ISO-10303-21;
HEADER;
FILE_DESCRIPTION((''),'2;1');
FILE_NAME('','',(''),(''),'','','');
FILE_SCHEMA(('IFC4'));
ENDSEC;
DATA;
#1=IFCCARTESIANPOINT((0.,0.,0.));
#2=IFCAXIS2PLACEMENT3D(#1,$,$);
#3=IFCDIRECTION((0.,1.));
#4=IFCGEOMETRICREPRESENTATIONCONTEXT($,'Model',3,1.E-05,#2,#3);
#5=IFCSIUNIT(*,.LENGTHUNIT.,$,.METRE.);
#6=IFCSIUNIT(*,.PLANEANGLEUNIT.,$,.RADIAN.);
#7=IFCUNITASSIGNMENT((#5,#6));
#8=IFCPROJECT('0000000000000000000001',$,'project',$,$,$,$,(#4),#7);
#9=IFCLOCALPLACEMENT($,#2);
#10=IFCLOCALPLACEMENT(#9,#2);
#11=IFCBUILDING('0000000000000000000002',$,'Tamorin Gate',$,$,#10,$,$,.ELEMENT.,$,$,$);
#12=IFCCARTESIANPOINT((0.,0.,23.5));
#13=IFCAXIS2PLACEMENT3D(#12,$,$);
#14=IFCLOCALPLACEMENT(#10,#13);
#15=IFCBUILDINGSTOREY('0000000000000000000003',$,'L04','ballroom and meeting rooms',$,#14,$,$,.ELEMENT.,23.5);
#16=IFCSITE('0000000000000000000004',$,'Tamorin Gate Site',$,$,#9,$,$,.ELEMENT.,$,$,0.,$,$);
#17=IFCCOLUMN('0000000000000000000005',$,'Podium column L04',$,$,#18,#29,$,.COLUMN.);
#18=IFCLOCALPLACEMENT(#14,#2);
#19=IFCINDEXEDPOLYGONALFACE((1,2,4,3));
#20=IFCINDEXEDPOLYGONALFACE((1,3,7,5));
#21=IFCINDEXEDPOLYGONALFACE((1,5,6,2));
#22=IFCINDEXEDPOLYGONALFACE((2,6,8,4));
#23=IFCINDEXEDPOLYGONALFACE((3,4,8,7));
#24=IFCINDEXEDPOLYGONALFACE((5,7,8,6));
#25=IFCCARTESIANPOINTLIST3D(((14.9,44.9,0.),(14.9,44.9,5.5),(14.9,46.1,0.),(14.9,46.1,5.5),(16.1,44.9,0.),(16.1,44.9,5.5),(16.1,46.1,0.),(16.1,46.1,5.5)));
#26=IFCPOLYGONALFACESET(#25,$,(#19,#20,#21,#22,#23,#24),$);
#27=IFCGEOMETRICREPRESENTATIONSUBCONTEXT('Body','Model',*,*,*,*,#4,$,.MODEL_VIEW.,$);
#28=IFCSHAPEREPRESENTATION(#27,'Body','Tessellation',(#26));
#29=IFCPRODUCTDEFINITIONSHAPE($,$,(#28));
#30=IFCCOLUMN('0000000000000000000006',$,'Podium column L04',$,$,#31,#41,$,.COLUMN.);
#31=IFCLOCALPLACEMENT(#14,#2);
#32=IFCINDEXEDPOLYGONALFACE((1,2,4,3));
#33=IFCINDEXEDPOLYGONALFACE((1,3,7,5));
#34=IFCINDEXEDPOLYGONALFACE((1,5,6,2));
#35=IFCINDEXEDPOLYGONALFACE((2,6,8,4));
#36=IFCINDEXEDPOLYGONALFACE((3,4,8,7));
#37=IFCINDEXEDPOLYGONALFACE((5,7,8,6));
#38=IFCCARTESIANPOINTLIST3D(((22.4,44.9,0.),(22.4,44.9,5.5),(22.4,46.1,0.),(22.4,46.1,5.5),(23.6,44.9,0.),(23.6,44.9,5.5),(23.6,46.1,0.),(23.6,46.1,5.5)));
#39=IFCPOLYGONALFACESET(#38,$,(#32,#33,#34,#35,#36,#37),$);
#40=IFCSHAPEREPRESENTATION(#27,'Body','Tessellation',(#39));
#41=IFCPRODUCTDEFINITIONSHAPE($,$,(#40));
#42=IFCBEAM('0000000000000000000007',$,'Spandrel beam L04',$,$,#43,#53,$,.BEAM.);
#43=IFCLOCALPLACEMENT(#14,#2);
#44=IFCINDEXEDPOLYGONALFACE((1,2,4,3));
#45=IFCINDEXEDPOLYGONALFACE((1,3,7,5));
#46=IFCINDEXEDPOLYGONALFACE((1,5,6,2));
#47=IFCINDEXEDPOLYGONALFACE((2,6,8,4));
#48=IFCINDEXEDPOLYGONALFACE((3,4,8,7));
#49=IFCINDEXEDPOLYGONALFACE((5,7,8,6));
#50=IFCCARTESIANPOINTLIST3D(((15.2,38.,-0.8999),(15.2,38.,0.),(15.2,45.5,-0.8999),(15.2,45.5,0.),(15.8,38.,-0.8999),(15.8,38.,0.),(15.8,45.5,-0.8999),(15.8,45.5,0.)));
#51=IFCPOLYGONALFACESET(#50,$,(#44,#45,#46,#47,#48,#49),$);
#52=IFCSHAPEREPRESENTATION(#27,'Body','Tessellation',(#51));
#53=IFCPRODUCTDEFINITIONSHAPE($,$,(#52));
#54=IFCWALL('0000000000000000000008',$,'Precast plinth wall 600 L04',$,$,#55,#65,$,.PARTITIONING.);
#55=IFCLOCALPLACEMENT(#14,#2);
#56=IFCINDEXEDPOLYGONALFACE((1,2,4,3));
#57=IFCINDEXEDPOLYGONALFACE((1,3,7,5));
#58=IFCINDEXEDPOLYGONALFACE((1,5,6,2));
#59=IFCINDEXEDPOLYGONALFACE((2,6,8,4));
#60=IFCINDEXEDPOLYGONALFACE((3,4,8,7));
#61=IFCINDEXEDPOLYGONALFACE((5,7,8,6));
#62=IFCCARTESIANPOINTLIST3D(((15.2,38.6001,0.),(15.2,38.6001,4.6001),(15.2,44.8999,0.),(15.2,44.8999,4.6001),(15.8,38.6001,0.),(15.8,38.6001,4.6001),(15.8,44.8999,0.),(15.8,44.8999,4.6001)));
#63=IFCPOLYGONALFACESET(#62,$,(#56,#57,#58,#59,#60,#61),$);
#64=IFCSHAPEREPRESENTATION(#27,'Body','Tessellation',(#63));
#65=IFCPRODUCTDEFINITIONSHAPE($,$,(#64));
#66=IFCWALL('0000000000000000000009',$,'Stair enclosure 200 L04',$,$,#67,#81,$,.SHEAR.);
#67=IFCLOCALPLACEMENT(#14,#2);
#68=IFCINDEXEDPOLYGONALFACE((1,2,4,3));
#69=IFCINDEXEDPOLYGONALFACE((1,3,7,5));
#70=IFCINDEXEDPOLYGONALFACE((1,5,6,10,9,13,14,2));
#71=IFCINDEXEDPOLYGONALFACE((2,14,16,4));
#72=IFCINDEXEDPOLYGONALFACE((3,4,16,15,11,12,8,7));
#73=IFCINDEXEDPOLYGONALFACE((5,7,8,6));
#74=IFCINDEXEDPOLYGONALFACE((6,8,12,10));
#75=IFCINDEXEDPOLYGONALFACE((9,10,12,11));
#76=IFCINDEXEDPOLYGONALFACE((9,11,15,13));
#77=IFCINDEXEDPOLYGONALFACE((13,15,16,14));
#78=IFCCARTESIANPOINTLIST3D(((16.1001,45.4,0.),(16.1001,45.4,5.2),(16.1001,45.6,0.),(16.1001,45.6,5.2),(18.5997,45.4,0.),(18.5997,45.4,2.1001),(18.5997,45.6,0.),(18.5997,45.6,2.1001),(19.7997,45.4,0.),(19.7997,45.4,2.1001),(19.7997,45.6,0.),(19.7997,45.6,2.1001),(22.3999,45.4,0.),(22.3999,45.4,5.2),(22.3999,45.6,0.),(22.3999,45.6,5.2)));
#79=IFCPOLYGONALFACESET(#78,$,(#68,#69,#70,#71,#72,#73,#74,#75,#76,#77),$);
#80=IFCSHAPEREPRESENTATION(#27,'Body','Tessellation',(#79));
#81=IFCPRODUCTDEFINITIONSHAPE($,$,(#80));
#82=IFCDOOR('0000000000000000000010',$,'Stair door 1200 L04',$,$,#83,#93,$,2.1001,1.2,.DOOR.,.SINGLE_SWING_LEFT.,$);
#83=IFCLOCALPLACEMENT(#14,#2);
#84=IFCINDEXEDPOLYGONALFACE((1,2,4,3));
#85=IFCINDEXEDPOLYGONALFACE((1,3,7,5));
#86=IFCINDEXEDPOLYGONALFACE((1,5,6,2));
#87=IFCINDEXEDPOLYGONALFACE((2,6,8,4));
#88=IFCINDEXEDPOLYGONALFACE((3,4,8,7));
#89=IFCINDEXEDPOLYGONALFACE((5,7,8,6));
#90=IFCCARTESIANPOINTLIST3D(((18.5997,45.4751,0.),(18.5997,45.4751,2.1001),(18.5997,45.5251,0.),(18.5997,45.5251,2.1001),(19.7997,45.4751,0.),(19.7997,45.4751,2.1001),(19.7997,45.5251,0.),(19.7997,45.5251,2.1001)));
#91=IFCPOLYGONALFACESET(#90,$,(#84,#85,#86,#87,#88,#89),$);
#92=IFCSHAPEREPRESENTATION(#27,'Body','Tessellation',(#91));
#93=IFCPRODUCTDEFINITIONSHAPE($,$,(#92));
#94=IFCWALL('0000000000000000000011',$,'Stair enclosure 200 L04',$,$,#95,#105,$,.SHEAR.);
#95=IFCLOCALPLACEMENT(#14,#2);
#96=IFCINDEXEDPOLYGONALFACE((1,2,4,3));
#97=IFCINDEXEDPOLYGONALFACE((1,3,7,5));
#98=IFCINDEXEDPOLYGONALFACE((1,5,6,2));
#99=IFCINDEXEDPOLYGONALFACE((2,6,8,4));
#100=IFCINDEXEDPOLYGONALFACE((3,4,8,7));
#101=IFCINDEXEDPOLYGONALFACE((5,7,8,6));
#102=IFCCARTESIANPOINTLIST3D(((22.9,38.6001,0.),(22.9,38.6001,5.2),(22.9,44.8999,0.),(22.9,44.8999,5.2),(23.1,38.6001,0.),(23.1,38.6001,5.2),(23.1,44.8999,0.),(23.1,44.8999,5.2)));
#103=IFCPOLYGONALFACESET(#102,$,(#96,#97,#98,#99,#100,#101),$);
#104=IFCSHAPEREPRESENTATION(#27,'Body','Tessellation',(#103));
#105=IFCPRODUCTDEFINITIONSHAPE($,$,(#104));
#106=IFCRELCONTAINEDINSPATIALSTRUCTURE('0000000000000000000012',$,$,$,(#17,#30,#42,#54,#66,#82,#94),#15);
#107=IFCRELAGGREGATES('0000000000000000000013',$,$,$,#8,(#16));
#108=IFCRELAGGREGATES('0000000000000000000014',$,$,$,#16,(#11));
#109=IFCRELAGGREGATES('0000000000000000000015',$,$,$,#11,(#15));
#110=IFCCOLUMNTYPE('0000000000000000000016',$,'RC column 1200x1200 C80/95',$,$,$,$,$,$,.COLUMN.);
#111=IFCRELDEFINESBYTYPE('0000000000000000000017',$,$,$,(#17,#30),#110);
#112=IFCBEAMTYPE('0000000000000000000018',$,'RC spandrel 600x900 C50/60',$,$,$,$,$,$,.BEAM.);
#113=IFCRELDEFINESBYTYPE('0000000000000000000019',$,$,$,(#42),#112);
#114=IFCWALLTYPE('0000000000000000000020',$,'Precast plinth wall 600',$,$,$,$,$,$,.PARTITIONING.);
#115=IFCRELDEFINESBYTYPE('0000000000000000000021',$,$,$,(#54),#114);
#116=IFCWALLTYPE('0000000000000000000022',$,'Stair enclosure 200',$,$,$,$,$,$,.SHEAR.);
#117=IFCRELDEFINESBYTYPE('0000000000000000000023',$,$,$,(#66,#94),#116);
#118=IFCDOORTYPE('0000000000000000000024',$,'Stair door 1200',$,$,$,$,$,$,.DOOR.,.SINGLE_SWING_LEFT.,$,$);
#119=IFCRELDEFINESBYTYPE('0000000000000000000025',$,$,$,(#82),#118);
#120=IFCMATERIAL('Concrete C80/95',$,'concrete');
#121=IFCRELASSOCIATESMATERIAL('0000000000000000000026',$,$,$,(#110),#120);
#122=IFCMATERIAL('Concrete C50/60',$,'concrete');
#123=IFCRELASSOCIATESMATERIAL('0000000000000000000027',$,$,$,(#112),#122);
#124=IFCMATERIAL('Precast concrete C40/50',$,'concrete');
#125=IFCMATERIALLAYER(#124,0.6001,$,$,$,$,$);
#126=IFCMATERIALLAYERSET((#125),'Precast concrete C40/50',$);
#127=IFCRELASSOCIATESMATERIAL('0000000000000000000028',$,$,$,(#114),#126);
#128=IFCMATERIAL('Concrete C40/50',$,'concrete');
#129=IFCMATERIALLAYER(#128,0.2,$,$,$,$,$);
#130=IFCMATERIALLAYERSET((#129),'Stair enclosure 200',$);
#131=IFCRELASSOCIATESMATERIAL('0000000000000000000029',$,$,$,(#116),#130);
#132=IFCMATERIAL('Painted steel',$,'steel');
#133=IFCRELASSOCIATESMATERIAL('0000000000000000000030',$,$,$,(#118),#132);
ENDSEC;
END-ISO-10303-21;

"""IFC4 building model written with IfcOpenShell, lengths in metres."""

from ifc_helpers import new_model, si_unit, direction, frame, frame_2d, origin, origin_2d, place, context, subcontext, project, spatial, rectangle, extrude, material, layer, layer_set, material_profile, profile_set, type_object, element, fill, save


model = new_model("IFC4")

# Units and contexts
model_context = context("Model", 3, precision=1e-05, world=origin(), true_north=direction((0.0, 1.0)))
body_context = subcontext(model_context, "Body", "Model", "MODEL_VIEW")
ifc_project = project(units=[si_unit("LENGTHUNIT", "METRE"), si_unit("PLANEANGLEUNIT", "RADIAN")], contexts=[model_context])

# Site, building, storey
site_placement = place(None, origin())
site = spatial("IfcSite", under=ifc_project, at=site_placement, Name="Tamorin Gate Site", CompositionType="ELEMENT", RefElevation=0.0)
building_placement = place(site_placement, origin())
building = spatial("IfcBuilding", under=site, at=building_placement, Name="Tamorin Gate", CompositionType="ELEMENT")
storey_placement = place(building_placement, frame((0.0, 0.0, 23.5)))
storey = spatial("IfcBuildingStorey", under=building, at=storey_placement, Name="L04", Description="ballroom and meeting rooms", CompositionType="ELEMENT", Elevation=23.5)

# Columns
ifc_material_1 = material(Name="Concrete C80/95", Category="concrete")
ifc_material_profile_1 = material_profile(ifc_material_1, rectangle(XDim=1.2, YDim=1.2, at=origin_2d()), Name="RC 1200x1200")
ifc_profile_set_1 = profile_set([ifc_material_profile_1], Name="Concrete C80/95")
column_type = type_object("IfcColumnType", Name="RC column 1200x1200 C80/95", PredefinedType="COLUMN", material=ifc_profile_set_1)
for number, where, z_axis, x_axis, name in (
    (1, (15.5, 45.5, 0.0), (0.0, 0.0, 1.0), (1.0, 0.0, 0.0), "Podium column L04"),
    (2, (23.0, 45.5, 0.0), (0.0, 0.0, 1.0), (1.0, 0.0, 0.0), "Podium column L04"),
):
    element("IfcColumn", number, at=place(storey_placement, frame(where, z_axis=z_axis, x_axis=x_axis)), inside=storey, type_object=column_type, Name=name, PredefinedType="COLUMN", context=body_context, shape_type="SweptSolid", body=[
        extrude(rectangle(XDim=1.2, YDim=1.2, at=origin_2d()), origin(), (0.0, 0.0, 1.0), 5.5),
    ])

# Beam
ifc_material_2 = material(Name="Concrete C50/60", Category="concrete")
ifc_material_profile_2 = material_profile(ifc_material_2, rectangle(XDim=0.6001, YDim=0.8999, at=origin_2d()), Name="RC 600x900")
ifc_profile_set_2 = profile_set([ifc_material_profile_2], Name="Concrete C50/60")
beam_type = type_object("IfcBeamType", Name="RC spandrel 600x900 C50/60", PredefinedType="BEAM", material=ifc_profile_set_2)
beam_placement = place(storey_placement, frame((15.5, 45.5, -0.45), z_axis=(0.0, -1.0, 0.0), x_axis=(1.0, 0.0, 0.0)))
element("IfcBeam", 3, at=beam_placement, inside=storey, type_object=beam_type, Name="Spandrel beam L04", PredefinedType="BEAM", context=body_context, shape_type="SweptSolid", body=[
    extrude(rectangle(XDim=0.6001, YDim=0.8999, at=origin_2d()), origin(), (0.0, 0.0, 1.0), 7.5),
])

# Wall
ifc_material_3 = material(Name="Precast concrete C40/50", Category="concrete")
ifc_layer_1 = layer(ifc_material_3, 0.6001)
ifc_layer_set_1 = layer_set([ifc_layer_1], Name="Precast concrete C40/50")
wall_type_1 = type_object("IfcWallType", Name="Precast plinth wall 600", PredefinedType="PARTITIONING", material=ifc_layer_set_1)
wall_1_placement = place(storey_placement, frame((15.5, 38.6001, 0.0), z_axis=(0.0, 0.0, 1.0), x_axis=(0.0, 1.0, 0.0)))
element("IfcWall", 4, at=wall_1_placement, inside=storey, type_object=wall_type_1, Name="Precast plinth wall 600 L04", PredefinedType="PARTITIONING", context=body_context, shape_type="SweptSolid", body=[
    extrude(rectangle(XDim=6.2998, YDim=0.6001, at=frame_2d((3.1499, 0.0))), origin(), (0.0, 0.0, 1.0), 4.6001),
])

# Wall, opening, door
ifc_material_4 = material(Name="Concrete C40/50", Category="concrete")
ifc_layer_2 = layer(ifc_material_4, 0.2)
ifc_layer_set_2 = layer_set([ifc_layer_2], Name="Stair enclosure 200")
wall_type_2 = type_object("IfcWallType", Name="Stair enclosure 200", PredefinedType="SHEAR", material=ifc_layer_set_2)
wall_2_placement = place(storey_placement, frame((22.3999, 45.5, 0.0), z_axis=(0.0, 0.0, 1.0), x_axis=(-1.0, 0.0, 0.0)))
wall_2 = element("IfcWall", 5, at=wall_2_placement, inside=storey, type_object=wall_type_2, Name="Stair enclosure 200 L04", PredefinedType="SHEAR", context=body_context, shape_type="SweptSolid", body=[
    extrude(rectangle(XDim=6.2998, YDim=0.2, at=frame_2d((3.1499, 0.0))), origin(), (0.0, 0.0, 1.0), 5.2),
])
opening_1_placement = place(wall_2_placement, frame((2.6001, 0.0, 0.0)))
opening_1 = element("IfcOpeningElement", 6, at=opening_1_placement, cuts=wall_2, PredefinedType="OPENING", context=body_context, shape_type="SweptSolid", body=[
    extrude(rectangle(XDim=1.2, YDim=2.1001, at=frame_2d((0.6001, 1.05))), frame((0.0, 0.1099, 0.0), z_axis=(0.0, -1.0, 0.0), x_axis=(1.0, 0.0, 0.0)), (0.0, 0.0, 1.0), 0.22),
])
ifc_material_5 = material(Name="Painted steel", Category="steel")
door_type_1 = type_object("IfcDoorType", Name="Stair door 1200", OperationType="SINGLE_SWING_LEFT", PredefinedType="DOOR", material=ifc_material_5)
door_1_placement = place(opening_1_placement, origin())
door_1 = element("IfcDoor", 7, at=door_1_placement, inside=storey, type_object=door_type_1, Name="Stair door 1200 L04", OperationType="SINGLE_SWING_LEFT", OverallHeight=2.1001, OverallWidth=1.2, PredefinedType="DOOR", context=body_context, shape_type="SweptSolid", body=[
    extrude(rectangle(XDim=1.2, YDim=2.1001, at=frame_2d((0.6001, 1.05))), frame((0.0, 0.0249, 0.0), z_axis=(0.0, -1.0, 0.0), x_axis=(1.0, 0.0, 0.0)), (0.0, 0.0, 1.0), 0.05),
])
fill(opening_1, door_1)

# Wall
wall_3_placement = place(storey_placement, frame((23.0, 38.6001, 0.0), z_axis=(0.0, 0.0, 1.0), x_axis=(0.0, 1.0, 0.0)))
element("IfcWall", 8, at=wall_3_placement, inside=storey, type_object=wall_type_2, Name="Stair enclosure 200 L04", PredefinedType="SHEAR", context=body_context, shape_type="SweptSolid", body=[
    extrude(rectangle(XDim=6.2998, YDim=0.2, at=frame_2d((3.1499, 0.0))), origin(), (0.0, 0.0, 1.0), 5.2),
])

save(model, "model.ifc")
